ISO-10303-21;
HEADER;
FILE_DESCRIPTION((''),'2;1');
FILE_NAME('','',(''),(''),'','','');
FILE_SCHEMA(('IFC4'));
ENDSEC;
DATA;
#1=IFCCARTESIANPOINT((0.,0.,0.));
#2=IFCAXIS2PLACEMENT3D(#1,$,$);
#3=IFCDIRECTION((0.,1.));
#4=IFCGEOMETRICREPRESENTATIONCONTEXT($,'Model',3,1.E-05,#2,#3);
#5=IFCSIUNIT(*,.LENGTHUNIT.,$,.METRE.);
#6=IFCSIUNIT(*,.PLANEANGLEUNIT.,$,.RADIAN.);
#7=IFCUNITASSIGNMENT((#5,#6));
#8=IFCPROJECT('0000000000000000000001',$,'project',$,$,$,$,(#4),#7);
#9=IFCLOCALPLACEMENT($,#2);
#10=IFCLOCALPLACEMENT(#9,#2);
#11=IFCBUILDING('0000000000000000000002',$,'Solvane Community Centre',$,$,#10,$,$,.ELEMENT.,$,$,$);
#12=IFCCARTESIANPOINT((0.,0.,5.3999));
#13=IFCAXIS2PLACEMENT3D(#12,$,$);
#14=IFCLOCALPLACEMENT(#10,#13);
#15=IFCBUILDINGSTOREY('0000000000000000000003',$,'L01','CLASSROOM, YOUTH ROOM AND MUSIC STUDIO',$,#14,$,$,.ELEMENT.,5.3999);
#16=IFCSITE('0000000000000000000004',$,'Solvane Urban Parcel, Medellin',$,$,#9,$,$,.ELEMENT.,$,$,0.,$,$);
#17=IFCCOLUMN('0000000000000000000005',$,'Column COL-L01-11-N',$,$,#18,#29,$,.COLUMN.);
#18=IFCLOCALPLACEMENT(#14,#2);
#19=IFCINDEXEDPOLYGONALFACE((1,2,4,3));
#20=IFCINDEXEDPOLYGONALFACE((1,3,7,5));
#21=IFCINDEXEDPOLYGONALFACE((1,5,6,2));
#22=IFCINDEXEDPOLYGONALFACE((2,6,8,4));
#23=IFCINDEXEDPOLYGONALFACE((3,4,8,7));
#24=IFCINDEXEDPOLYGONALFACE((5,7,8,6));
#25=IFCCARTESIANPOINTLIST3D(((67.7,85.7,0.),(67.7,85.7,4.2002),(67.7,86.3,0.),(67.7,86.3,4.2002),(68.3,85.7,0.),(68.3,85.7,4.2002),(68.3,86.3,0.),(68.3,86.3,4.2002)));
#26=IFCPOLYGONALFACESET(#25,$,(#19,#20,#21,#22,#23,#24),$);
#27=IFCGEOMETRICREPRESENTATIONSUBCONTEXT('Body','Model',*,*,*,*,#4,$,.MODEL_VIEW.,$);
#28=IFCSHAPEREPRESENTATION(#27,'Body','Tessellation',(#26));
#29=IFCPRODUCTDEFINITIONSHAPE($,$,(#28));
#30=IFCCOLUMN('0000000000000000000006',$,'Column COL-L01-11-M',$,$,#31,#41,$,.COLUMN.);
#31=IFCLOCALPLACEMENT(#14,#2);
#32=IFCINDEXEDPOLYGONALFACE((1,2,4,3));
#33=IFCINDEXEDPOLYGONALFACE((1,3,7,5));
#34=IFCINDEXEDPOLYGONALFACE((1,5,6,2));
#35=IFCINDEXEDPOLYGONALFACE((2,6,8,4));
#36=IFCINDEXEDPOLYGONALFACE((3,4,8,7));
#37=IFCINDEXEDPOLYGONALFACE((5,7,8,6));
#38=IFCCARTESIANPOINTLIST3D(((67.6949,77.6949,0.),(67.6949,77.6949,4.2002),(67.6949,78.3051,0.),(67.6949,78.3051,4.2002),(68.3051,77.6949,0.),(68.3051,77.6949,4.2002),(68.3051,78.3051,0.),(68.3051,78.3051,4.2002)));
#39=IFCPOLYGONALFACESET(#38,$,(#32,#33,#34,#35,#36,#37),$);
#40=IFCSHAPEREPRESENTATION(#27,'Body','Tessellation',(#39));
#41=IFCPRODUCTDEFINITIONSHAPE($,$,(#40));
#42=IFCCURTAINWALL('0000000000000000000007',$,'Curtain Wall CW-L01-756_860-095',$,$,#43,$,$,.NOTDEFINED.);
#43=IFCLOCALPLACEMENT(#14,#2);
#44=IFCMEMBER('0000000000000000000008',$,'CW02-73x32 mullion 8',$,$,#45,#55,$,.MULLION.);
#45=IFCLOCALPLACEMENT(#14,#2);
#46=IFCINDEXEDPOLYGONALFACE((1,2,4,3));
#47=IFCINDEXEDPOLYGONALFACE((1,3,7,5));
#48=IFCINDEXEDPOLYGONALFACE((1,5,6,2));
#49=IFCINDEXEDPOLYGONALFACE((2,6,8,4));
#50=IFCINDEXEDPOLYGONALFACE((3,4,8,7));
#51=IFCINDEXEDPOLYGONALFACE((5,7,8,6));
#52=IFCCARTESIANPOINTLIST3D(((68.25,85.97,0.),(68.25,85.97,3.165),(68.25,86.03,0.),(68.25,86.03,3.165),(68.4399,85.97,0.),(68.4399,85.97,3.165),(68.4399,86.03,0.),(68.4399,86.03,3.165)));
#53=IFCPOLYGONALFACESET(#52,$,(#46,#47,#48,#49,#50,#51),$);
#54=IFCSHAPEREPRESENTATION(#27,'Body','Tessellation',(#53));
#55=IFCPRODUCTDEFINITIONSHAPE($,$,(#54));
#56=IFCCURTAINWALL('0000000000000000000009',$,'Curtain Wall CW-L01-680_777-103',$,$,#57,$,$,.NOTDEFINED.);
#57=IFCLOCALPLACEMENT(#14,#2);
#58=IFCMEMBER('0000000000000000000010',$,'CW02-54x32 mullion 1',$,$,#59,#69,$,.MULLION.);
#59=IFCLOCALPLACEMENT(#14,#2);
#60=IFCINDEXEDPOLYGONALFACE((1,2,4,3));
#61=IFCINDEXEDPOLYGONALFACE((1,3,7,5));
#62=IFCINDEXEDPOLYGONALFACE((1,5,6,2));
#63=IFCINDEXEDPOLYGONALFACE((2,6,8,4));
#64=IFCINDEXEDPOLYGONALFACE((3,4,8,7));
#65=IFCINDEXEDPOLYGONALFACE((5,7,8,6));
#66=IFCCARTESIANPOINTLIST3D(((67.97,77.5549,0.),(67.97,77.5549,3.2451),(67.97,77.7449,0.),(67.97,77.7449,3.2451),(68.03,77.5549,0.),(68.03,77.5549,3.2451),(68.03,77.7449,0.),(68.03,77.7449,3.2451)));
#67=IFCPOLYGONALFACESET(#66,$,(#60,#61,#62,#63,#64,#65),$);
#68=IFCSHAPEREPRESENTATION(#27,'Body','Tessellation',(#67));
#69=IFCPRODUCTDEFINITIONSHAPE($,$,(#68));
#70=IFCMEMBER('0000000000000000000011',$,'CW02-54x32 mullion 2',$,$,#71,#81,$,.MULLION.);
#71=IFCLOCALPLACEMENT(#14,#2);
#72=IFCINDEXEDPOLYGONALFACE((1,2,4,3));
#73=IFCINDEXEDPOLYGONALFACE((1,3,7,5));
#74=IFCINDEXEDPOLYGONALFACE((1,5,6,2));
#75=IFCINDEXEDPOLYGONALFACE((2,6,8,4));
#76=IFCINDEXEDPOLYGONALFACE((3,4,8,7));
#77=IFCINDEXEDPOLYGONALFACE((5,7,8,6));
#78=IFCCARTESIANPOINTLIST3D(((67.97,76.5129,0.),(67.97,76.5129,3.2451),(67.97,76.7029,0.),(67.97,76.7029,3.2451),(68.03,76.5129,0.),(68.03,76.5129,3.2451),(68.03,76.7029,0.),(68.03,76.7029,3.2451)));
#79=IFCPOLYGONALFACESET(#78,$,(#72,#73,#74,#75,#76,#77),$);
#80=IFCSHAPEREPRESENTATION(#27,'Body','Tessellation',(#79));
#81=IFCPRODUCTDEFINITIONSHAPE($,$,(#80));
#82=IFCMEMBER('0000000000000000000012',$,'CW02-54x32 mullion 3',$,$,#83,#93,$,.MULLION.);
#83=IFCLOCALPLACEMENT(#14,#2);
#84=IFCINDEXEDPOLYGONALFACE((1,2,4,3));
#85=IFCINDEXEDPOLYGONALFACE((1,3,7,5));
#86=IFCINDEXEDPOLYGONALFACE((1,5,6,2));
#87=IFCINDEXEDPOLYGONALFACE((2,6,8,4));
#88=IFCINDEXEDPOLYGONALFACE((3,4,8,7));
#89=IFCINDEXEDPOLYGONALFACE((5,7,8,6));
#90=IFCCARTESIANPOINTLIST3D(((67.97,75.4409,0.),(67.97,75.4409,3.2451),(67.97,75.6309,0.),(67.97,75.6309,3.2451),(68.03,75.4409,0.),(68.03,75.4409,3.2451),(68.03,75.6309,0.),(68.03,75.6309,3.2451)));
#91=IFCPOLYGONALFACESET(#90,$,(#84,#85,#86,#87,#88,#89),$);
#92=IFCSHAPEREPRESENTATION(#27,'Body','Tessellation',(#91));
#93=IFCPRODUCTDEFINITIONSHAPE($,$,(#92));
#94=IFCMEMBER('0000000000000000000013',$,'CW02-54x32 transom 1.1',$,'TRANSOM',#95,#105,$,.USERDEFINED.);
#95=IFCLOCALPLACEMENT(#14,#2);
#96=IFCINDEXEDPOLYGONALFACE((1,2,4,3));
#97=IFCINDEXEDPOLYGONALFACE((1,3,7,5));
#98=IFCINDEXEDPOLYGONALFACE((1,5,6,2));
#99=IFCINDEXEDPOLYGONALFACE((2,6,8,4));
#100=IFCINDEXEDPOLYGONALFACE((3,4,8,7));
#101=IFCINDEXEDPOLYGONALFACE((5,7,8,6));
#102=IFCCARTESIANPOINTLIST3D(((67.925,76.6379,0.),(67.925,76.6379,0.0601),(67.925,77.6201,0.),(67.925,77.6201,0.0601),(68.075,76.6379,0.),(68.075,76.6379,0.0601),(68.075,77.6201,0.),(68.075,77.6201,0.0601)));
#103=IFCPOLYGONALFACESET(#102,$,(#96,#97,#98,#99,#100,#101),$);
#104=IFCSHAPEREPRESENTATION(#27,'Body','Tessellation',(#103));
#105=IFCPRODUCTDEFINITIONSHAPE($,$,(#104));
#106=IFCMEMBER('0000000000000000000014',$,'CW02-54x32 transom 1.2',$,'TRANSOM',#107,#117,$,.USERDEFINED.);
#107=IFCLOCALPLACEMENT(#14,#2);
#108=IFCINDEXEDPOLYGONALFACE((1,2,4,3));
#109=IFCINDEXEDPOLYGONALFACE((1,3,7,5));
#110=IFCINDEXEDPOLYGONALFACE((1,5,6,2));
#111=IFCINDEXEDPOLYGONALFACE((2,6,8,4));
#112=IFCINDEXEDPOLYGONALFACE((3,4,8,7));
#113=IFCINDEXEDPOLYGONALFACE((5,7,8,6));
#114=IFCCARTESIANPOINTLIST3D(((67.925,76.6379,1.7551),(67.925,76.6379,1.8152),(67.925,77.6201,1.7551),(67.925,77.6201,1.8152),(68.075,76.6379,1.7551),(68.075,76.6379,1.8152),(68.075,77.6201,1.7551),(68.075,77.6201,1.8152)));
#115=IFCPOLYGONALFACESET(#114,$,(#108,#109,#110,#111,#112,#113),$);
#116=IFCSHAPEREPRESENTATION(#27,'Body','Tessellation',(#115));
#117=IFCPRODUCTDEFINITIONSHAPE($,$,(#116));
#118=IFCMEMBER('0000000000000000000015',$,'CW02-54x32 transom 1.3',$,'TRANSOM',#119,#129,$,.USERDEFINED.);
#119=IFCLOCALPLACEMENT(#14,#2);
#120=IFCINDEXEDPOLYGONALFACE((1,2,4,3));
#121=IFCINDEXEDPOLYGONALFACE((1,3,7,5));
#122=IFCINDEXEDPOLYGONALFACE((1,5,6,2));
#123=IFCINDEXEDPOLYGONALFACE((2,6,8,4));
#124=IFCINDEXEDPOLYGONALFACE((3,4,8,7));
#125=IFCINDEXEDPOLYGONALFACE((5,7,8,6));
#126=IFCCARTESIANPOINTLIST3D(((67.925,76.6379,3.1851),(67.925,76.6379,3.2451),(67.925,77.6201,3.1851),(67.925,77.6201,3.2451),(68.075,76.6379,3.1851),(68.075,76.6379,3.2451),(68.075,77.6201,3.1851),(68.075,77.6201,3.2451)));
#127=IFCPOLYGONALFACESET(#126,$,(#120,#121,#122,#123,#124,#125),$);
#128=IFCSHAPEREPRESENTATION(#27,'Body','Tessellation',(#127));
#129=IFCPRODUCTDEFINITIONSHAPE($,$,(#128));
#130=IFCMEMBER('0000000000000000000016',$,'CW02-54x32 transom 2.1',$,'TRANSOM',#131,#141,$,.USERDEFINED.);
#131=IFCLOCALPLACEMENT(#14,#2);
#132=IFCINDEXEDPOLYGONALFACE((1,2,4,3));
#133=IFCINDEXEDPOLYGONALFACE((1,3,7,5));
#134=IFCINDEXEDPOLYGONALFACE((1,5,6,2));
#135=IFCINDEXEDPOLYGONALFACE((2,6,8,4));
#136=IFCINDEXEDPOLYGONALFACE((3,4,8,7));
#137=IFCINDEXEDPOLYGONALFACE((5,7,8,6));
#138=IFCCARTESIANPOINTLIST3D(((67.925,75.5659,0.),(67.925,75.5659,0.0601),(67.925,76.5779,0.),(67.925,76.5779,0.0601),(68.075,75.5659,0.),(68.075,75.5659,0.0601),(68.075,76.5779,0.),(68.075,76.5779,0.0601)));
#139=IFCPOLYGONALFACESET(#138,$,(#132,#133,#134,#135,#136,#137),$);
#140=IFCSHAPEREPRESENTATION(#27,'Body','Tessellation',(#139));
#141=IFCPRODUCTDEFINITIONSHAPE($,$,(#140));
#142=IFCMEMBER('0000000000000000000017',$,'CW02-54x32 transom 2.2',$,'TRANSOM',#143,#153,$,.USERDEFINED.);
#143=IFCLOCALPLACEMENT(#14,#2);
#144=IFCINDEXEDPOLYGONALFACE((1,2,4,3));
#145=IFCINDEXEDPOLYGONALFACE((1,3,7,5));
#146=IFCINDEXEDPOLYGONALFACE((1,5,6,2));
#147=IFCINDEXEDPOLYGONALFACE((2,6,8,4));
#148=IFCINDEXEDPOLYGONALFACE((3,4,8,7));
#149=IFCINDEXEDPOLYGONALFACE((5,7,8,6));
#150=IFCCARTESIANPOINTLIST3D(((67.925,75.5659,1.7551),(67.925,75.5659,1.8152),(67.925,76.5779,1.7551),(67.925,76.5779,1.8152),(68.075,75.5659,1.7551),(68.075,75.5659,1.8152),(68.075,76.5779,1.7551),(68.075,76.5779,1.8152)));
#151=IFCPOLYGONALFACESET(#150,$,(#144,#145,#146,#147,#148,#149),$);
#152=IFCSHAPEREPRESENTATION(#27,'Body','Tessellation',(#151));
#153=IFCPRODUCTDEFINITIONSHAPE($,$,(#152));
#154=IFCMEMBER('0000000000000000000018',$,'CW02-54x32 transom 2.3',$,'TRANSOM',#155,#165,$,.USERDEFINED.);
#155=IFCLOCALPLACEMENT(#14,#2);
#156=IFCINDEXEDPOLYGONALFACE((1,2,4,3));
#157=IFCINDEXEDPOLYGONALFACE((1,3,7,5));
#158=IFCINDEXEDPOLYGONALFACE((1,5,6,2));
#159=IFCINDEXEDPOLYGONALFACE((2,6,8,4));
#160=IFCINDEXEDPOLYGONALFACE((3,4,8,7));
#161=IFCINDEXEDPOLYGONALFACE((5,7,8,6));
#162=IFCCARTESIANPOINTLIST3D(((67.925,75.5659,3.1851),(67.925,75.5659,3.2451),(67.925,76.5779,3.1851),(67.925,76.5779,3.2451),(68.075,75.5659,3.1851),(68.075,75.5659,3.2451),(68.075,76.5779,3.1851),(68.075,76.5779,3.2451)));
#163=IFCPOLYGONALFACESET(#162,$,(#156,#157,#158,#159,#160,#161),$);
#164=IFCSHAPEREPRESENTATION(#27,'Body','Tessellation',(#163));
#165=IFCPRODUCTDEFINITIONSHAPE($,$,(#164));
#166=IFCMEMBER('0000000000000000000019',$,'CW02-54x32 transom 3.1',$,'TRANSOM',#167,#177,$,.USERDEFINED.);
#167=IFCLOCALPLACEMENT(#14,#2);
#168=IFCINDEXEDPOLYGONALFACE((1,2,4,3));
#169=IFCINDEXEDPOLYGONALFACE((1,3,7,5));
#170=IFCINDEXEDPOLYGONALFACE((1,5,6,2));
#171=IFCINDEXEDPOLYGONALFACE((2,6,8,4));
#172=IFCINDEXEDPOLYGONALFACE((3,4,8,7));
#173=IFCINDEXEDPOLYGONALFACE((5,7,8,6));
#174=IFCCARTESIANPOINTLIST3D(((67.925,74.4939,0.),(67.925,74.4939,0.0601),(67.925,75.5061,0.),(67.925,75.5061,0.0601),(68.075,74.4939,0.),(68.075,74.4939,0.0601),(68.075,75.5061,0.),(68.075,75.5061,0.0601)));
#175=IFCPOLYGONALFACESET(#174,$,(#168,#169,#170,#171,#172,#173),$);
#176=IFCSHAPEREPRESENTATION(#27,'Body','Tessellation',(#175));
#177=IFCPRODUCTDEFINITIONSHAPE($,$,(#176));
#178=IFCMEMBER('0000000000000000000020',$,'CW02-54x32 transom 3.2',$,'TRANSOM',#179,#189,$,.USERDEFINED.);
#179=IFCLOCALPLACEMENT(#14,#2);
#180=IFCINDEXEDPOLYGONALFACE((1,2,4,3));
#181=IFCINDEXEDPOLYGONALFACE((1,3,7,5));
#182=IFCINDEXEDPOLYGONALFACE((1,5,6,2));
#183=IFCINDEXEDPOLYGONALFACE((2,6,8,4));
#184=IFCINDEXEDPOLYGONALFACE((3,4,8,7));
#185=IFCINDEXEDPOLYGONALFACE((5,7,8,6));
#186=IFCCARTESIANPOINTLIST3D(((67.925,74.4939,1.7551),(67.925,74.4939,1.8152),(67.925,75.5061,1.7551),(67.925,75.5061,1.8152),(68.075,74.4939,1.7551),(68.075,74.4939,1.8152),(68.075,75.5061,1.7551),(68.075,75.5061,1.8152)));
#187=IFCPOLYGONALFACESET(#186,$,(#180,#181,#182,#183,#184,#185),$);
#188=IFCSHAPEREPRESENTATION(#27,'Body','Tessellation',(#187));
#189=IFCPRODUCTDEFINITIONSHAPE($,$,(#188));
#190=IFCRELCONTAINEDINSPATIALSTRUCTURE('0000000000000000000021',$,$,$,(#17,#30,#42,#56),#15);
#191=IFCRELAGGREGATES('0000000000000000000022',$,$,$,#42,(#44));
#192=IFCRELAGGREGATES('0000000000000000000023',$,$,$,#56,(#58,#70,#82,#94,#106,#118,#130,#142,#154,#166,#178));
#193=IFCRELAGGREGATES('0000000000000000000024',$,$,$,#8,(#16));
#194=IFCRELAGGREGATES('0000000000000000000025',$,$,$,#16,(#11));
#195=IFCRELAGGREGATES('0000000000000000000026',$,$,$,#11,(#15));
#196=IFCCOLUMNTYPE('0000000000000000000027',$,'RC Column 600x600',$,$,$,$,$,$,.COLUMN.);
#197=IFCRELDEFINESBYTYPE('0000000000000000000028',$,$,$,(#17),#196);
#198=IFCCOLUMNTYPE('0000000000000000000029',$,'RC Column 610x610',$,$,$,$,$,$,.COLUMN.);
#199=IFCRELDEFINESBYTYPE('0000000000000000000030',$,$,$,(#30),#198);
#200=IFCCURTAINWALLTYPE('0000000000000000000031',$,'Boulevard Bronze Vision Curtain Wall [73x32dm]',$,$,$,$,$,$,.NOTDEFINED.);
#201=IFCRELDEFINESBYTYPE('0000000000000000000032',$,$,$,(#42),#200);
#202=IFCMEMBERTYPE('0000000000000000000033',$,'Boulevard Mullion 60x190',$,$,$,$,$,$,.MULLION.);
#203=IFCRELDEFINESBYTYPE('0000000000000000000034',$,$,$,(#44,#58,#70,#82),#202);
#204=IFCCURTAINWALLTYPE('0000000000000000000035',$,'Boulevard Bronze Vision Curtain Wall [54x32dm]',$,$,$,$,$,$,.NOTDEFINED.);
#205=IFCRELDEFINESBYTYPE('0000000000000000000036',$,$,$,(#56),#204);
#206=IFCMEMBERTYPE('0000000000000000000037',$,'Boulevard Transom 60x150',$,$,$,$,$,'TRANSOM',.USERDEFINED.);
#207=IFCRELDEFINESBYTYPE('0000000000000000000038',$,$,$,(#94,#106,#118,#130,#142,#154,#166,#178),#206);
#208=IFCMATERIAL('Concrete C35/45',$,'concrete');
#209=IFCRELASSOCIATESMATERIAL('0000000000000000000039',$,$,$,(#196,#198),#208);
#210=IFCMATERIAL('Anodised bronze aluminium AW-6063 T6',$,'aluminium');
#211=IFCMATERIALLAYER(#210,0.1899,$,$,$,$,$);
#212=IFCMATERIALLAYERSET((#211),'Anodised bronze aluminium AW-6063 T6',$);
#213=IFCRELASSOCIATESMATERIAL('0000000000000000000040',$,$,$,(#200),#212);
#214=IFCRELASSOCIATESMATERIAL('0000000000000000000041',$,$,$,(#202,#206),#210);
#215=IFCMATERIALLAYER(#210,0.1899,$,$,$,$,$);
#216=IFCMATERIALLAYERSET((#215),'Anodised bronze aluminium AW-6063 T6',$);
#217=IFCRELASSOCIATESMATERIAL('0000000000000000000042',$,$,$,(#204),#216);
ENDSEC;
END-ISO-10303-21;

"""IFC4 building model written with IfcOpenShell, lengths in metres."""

from ifc_helpers import new_model, si_unit, direction, frame, origin, origin_2d, place, context, subcontext, project, spatial, rectangle, extrude, material, layer, layer_set, material_profile, profile_set, type_object, element, aggregate, save


model = new_model("IFC4")

# Units and contexts
model_context = context("Model", 3, precision=1e-05, world=origin(), true_north=direction((0.0, 1.0)))
body_context = subcontext(model_context, "Body", "Model", "MODEL_VIEW")
ifc_project = project(units=[si_unit("LENGTHUNIT", "METRE"), si_unit("PLANEANGLEUNIT", "RADIAN")], contexts=[model_context])

# Site, building, storey
site_placement = place(None, origin())
site = spatial("IfcSite", under=ifc_project, at=site_placement, Name="Solvane Urban Parcel, Medellin", CompositionType="ELEMENT", RefElevation=0.0)
building_placement = place(site_placement, origin())
building = spatial("IfcBuilding", under=site, at=building_placement, Name="Solvane Community Centre", CompositionType="ELEMENT")
storey_placement = place(building_placement, frame((0.0, 0.0, 5.3999)))
storey = spatial("IfcBuildingStorey", under=building, at=storey_placement, Name="L01", Description="CLASSROOM, YOUTH ROOM AND MUSIC STUDIO", CompositionType="ELEMENT", Elevation=5.3999)

# Columns
ifc_material_1 = material(Name="Concrete C35/45", Category="concrete")
ifc_material_profile_1 = material_profile(ifc_material_1, rectangle(XDim=0.6001, YDim=0.6001, at=origin_2d()), Name="RC 600x600")
ifc_profile_set_1 = profile_set([ifc_material_profile_1], Name="Concrete C35/45")
column_type_1 = type_object("IfcColumnType", Name="RC Column 600x600", PredefinedType="COLUMN", material=ifc_profile_set_1)
column_1_placement = place(storey_placement, frame((68.0, 86.0, 0.0), z_axis=(0.0, 0.0, 1.0), x_axis=(1.0, 0.0, 0.0)))
element("IfcColumn", 1, at=column_1_placement, inside=storey, type_object=column_type_1, Name="Column COL-L01-11-N", PredefinedType="COLUMN", context=body_context, shape_type="SweptSolid", body=[
    extrude(rectangle(XDim=0.6001, YDim=0.6001, at=origin_2d()), origin(), (0.0, 0.0, 1.0), 4.2002),
])
ifc_material_profile_2 = material_profile(ifc_material_1, rectangle(XDim=0.6101, YDim=0.6101, at=origin_2d()), Name="RC 610x610")
ifc_profile_set_2 = profile_set([ifc_material_profile_2], Name="Concrete C35/45")
column_type_2 = type_object("IfcColumnType", Name="RC Column 610x610", PredefinedType="COLUMN", material=ifc_profile_set_2)
column_2_placement = place(storey_placement, frame((68.0, 78.0, 0.0), z_axis=(0.0, 0.0, 1.0), x_axis=(1.0, 0.0, 0.0)))
element("IfcColumn", 2, at=column_2_placement, inside=storey, type_object=column_type_2, Name="Column COL-L01-11-M", PredefinedType="COLUMN", context=body_context, shape_type="SweptSolid", body=[
    extrude(rectangle(XDim=0.6101, YDim=0.6101, at=origin_2d()), origin(), (0.0, 0.0, 1.0), 4.2002),
])

# Curtain wall, member
ifc_material_2 = material(Name="Anodised bronze aluminium AW-6063 T6", Category="aluminium")
ifc_layer_1 = layer(ifc_material_2, 0.1899)
ifc_layer_set_1 = layer_set([ifc_layer_1], Name="Anodised bronze aluminium AW-6063 T6")
curtain_wall_type_1 = type_object("IfcCurtainWallType", Name="Boulevard Bronze Vision Curtain Wall [73x32dm]", PredefinedType="NOTDEFINED", material=ifc_layer_set_1)
curtain_wall_1_placement = place(storey_placement, origin())
curtain_wall_1 = element("IfcCurtainWall", 3, at=curtain_wall_1_placement, inside=storey, type_object=curtain_wall_type_1, Name="Curtain Wall CW-L01-756_860-095", PredefinedType="NOTDEFINED")
ifc_material_profile_3 = material_profile(ifc_material_2, rectangle(XDim=0.0601, YDim=0.1899, at=origin_2d()), Name="CW-M 60x190")
ifc_profile_set_3 = profile_set([ifc_material_profile_3], Name="Anodised bronze aluminium AW-6063 T6")
member_type_1 = type_object("IfcMemberType", Name="Boulevard Mullion 60x190", PredefinedType="MULLION", material=ifc_profile_set_3)
member_1_placement = place(storey_placement, frame((68.345, 86.0, 0.0), z_axis=(0.0, 0.0, 1.0), x_axis=(0.0, -1.0, 0.0)))
member_1 = element("IfcMember", 4, at=member_1_placement, type_object=member_type_1, Name="CW02-73x32 mullion 8", PredefinedType="MULLION", context=body_context, shape_type="SweptSolid", body=[
    extrude(rectangle(XDim=0.0601, YDim=0.1899, at=origin_2d()), origin(), (0.0, 0.0, 1.0), 3.165),
])
aggregate(curtain_wall_1, [member_1])

# Curtain wall, members
ifc_layer_2 = layer(ifc_material_2, 0.1899)
ifc_layer_set_2 = layer_set([ifc_layer_2], Name="Anodised bronze aluminium AW-6063 T6")
curtain_wall_type_2 = type_object("IfcCurtainWallType", Name="Boulevard Bronze Vision Curtain Wall [54x32dm]", PredefinedType="NOTDEFINED", material=ifc_layer_set_2)
curtain_wall_2_placement = place(storey_placement, origin())
curtain_wall_2 = element("IfcCurtainWall", 5, at=curtain_wall_2_placement, inside=storey, type_object=curtain_wall_type_2, Name="Curtain Wall CW-L01-680_777-103", PredefinedType="NOTDEFINED")
member_2_placement = place(storey_placement, frame((68.0, 77.6499, 0.0), z_axis=(0.0, 0.0, 1.0), x_axis=(1.0, 0.0, 0.0)))
member_2 = element("IfcMember", 6, at=member_2_placement, type_object=member_type_1, Name="CW02-54x32 mullion 1", PredefinedType="MULLION", context=body_context, shape_type="SweptSolid", body=[
    extrude(rectangle(XDim=0.0601, YDim=0.1899, at=origin_2d()), origin(), (0.0, 0.0, 1.0), 3.2451),
])
member_3_placement = place(storey_placement, frame((68.0, 76.6079, 0.0), z_axis=(0.0, 0.0, 1.0), x_axis=(1.0, 0.0, 0.0)))
member_3 = element("IfcMember", 7, at=member_3_placement, type_object=member_type_1, Name="CW02-54x32 mullion 2", PredefinedType="MULLION", context=body_context, shape_type="SweptSolid", body=[
    extrude(rectangle(XDim=0.0601, YDim=0.1899, at=origin_2d()), origin(), (0.0, 0.0, 1.0), 3.2451),
])
member_4_placement = place(storey_placement, frame((68.0, 75.5359, 0.0), z_axis=(0.0, 0.0, 1.0), x_axis=(1.0, 0.0, 0.0)))
member_4 = element("IfcMember", 8, at=member_4_placement, type_object=member_type_1, Name="CW02-54x32 mullion 3", PredefinedType="MULLION", context=body_context, shape_type="SweptSolid", body=[
    extrude(rectangle(XDim=0.0601, YDim=0.1899, at=origin_2d()), origin(), (0.0, 0.0, 1.0), 3.2451),
])
ifc_material_profile_4 = material_profile(ifc_material_2, rectangle(XDim=0.1499, YDim=0.0601, at=origin_2d()), Name="CW-T 60x150")
ifc_profile_set_4 = profile_set([ifc_material_profile_4], Name="Anodised bronze aluminium AW-6063 T6")
member_type_2 = type_object("IfcMemberType", Name="Boulevard Transom 60x150", ElementType="TRANSOM", PredefinedType="USERDEFINED", material=ifc_profile_set_4)
member_5_placement = place(storey_placement, frame((68.0, 77.6201, 0.03), z_axis=(0.0, -1.0, 0.0), x_axis=(1.0, 0.0, 0.0)))
member_5 = element("IfcMember", 9, at=member_5_placement, type_object=member_type_2, Name="CW02-54x32 transom 1.1", ObjectType="TRANSOM", PredefinedType="USERDEFINED", context=body_context, shape_type="SweptSolid", body=[
    extrude(rectangle(XDim=0.1499, YDim=0.0601, at=origin_2d()), origin(), (0.0, 0.0, 1.0), 0.9822),
])
member_6_placement = place(storey_placement, frame((68.0, 77.6201, 1.7852), z_axis=(0.0, -1.0, 0.0), x_axis=(1.0, 0.0, 0.0)))
member_6 = element("IfcMember", 10, at=member_6_placement, type_object=member_type_2, Name="CW02-54x32 transom 1.2", ObjectType="TRANSOM", PredefinedType="USERDEFINED", context=body_context, shape_type="SweptSolid", body=[
    extrude(rectangle(XDim=0.1499, YDim=0.0601, at=origin_2d()), origin(), (0.0, 0.0, 1.0), 0.9822),
])
member_7_placement = place(storey_placement, frame((68.0, 77.6201, 3.2151), z_axis=(0.0, -1.0, 0.0), x_axis=(1.0, 0.0, 0.0)))
member_7 = element("IfcMember", 11, at=member_7_placement, type_object=member_type_2, Name="CW02-54x32 transom 1.3", ObjectType="TRANSOM", PredefinedType="USERDEFINED", context=body_context, shape_type="SweptSolid", body=[
    extrude(rectangle(XDim=0.1499, YDim=0.0601, at=origin_2d()), origin(), (0.0, 0.0, 1.0), 0.9822),
])
member_8_placement = place(storey_placement, frame((68.0, 76.5779, 0.03), z_axis=(0.0, -1.0, 0.0), x_axis=(1.0, 0.0, 0.0)))
member_8 = element("IfcMember", 12, at=member_8_placement, type_object=member_type_2, Name="CW02-54x32 transom 2.1", ObjectType="TRANSOM", PredefinedType="USERDEFINED", context=body_context, shape_type="SweptSolid", body=[
    extrude(rectangle(XDim=0.1499, YDim=0.0601, at=origin_2d()), origin(), (0.0, 0.0, 1.0), 1.012),
])
member_9_placement = place(storey_placement, frame((68.0, 76.5779, 1.7852), z_axis=(0.0, -1.0, 0.0), x_axis=(1.0, 0.0, 0.0)))
member_9 = element("IfcMember", 13, at=member_9_placement, type_object=member_type_2, Name="CW02-54x32 transom 2.2", ObjectType="TRANSOM", PredefinedType="USERDEFINED", context=body_context, shape_type="SweptSolid", body=[
    extrude(rectangle(XDim=0.1499, YDim=0.0601, at=origin_2d()), origin(), (0.0, 0.0, 1.0), 1.012),
])
member_10_placement = place(storey_placement, frame((68.0, 76.5779, 3.2151), z_axis=(0.0, -1.0, 0.0), x_axis=(1.0, 0.0, 0.0)))
member_10 = element("IfcMember", 14, at=member_10_placement, type_object=member_type_2, Name="CW02-54x32 transom 2.3", ObjectType="TRANSOM", PredefinedType="USERDEFINED", context=body_context, shape_type="SweptSolid", body=[
    extrude(rectangle(XDim=0.1499, YDim=0.0601, at=origin_2d()), origin(), (0.0, 0.0, 1.0), 1.012),
])
member_11_placement = place(storey_placement, frame((68.0, 75.5061, 0.03), z_axis=(0.0, -1.0, 0.0), x_axis=(1.0, 0.0, 0.0)))
member_11 = element("IfcMember", 15, at=member_11_placement, type_object=member_type_2, Name="CW02-54x32 transom 3.1", ObjectType="TRANSOM", PredefinedType="USERDEFINED", context=body_context, shape_type="SweptSolid", body=[
    extrude(rectangle(XDim=0.1499, YDim=0.0601, at=origin_2d()), origin(), (0.0, 0.0, 1.0), 1.0122),
])
member_12_placement = place(storey_placement, frame((68.0, 75.5061, 1.7852), z_axis=(0.0, -1.0, 0.0), x_axis=(1.0, 0.0, 0.0)))
member_12 = element("IfcMember", 16, at=member_12_placement, type_object=member_type_2, Name="CW02-54x32 transom 3.2", ObjectType="TRANSOM", PredefinedType="USERDEFINED", context=body_context, shape_type="SweptSolid", body=[
    extrude(rectangle(XDim=0.1499, YDim=0.0601, at=origin_2d()), origin(), (0.0, 0.0, 1.0), 1.0122),
])

aggregate(curtain_wall_2, [member_2, member_3, member_4, member_5, member_6, member_7, member_8, member_9, member_10, member_11, member_12])

save(model, "model.ifc")
